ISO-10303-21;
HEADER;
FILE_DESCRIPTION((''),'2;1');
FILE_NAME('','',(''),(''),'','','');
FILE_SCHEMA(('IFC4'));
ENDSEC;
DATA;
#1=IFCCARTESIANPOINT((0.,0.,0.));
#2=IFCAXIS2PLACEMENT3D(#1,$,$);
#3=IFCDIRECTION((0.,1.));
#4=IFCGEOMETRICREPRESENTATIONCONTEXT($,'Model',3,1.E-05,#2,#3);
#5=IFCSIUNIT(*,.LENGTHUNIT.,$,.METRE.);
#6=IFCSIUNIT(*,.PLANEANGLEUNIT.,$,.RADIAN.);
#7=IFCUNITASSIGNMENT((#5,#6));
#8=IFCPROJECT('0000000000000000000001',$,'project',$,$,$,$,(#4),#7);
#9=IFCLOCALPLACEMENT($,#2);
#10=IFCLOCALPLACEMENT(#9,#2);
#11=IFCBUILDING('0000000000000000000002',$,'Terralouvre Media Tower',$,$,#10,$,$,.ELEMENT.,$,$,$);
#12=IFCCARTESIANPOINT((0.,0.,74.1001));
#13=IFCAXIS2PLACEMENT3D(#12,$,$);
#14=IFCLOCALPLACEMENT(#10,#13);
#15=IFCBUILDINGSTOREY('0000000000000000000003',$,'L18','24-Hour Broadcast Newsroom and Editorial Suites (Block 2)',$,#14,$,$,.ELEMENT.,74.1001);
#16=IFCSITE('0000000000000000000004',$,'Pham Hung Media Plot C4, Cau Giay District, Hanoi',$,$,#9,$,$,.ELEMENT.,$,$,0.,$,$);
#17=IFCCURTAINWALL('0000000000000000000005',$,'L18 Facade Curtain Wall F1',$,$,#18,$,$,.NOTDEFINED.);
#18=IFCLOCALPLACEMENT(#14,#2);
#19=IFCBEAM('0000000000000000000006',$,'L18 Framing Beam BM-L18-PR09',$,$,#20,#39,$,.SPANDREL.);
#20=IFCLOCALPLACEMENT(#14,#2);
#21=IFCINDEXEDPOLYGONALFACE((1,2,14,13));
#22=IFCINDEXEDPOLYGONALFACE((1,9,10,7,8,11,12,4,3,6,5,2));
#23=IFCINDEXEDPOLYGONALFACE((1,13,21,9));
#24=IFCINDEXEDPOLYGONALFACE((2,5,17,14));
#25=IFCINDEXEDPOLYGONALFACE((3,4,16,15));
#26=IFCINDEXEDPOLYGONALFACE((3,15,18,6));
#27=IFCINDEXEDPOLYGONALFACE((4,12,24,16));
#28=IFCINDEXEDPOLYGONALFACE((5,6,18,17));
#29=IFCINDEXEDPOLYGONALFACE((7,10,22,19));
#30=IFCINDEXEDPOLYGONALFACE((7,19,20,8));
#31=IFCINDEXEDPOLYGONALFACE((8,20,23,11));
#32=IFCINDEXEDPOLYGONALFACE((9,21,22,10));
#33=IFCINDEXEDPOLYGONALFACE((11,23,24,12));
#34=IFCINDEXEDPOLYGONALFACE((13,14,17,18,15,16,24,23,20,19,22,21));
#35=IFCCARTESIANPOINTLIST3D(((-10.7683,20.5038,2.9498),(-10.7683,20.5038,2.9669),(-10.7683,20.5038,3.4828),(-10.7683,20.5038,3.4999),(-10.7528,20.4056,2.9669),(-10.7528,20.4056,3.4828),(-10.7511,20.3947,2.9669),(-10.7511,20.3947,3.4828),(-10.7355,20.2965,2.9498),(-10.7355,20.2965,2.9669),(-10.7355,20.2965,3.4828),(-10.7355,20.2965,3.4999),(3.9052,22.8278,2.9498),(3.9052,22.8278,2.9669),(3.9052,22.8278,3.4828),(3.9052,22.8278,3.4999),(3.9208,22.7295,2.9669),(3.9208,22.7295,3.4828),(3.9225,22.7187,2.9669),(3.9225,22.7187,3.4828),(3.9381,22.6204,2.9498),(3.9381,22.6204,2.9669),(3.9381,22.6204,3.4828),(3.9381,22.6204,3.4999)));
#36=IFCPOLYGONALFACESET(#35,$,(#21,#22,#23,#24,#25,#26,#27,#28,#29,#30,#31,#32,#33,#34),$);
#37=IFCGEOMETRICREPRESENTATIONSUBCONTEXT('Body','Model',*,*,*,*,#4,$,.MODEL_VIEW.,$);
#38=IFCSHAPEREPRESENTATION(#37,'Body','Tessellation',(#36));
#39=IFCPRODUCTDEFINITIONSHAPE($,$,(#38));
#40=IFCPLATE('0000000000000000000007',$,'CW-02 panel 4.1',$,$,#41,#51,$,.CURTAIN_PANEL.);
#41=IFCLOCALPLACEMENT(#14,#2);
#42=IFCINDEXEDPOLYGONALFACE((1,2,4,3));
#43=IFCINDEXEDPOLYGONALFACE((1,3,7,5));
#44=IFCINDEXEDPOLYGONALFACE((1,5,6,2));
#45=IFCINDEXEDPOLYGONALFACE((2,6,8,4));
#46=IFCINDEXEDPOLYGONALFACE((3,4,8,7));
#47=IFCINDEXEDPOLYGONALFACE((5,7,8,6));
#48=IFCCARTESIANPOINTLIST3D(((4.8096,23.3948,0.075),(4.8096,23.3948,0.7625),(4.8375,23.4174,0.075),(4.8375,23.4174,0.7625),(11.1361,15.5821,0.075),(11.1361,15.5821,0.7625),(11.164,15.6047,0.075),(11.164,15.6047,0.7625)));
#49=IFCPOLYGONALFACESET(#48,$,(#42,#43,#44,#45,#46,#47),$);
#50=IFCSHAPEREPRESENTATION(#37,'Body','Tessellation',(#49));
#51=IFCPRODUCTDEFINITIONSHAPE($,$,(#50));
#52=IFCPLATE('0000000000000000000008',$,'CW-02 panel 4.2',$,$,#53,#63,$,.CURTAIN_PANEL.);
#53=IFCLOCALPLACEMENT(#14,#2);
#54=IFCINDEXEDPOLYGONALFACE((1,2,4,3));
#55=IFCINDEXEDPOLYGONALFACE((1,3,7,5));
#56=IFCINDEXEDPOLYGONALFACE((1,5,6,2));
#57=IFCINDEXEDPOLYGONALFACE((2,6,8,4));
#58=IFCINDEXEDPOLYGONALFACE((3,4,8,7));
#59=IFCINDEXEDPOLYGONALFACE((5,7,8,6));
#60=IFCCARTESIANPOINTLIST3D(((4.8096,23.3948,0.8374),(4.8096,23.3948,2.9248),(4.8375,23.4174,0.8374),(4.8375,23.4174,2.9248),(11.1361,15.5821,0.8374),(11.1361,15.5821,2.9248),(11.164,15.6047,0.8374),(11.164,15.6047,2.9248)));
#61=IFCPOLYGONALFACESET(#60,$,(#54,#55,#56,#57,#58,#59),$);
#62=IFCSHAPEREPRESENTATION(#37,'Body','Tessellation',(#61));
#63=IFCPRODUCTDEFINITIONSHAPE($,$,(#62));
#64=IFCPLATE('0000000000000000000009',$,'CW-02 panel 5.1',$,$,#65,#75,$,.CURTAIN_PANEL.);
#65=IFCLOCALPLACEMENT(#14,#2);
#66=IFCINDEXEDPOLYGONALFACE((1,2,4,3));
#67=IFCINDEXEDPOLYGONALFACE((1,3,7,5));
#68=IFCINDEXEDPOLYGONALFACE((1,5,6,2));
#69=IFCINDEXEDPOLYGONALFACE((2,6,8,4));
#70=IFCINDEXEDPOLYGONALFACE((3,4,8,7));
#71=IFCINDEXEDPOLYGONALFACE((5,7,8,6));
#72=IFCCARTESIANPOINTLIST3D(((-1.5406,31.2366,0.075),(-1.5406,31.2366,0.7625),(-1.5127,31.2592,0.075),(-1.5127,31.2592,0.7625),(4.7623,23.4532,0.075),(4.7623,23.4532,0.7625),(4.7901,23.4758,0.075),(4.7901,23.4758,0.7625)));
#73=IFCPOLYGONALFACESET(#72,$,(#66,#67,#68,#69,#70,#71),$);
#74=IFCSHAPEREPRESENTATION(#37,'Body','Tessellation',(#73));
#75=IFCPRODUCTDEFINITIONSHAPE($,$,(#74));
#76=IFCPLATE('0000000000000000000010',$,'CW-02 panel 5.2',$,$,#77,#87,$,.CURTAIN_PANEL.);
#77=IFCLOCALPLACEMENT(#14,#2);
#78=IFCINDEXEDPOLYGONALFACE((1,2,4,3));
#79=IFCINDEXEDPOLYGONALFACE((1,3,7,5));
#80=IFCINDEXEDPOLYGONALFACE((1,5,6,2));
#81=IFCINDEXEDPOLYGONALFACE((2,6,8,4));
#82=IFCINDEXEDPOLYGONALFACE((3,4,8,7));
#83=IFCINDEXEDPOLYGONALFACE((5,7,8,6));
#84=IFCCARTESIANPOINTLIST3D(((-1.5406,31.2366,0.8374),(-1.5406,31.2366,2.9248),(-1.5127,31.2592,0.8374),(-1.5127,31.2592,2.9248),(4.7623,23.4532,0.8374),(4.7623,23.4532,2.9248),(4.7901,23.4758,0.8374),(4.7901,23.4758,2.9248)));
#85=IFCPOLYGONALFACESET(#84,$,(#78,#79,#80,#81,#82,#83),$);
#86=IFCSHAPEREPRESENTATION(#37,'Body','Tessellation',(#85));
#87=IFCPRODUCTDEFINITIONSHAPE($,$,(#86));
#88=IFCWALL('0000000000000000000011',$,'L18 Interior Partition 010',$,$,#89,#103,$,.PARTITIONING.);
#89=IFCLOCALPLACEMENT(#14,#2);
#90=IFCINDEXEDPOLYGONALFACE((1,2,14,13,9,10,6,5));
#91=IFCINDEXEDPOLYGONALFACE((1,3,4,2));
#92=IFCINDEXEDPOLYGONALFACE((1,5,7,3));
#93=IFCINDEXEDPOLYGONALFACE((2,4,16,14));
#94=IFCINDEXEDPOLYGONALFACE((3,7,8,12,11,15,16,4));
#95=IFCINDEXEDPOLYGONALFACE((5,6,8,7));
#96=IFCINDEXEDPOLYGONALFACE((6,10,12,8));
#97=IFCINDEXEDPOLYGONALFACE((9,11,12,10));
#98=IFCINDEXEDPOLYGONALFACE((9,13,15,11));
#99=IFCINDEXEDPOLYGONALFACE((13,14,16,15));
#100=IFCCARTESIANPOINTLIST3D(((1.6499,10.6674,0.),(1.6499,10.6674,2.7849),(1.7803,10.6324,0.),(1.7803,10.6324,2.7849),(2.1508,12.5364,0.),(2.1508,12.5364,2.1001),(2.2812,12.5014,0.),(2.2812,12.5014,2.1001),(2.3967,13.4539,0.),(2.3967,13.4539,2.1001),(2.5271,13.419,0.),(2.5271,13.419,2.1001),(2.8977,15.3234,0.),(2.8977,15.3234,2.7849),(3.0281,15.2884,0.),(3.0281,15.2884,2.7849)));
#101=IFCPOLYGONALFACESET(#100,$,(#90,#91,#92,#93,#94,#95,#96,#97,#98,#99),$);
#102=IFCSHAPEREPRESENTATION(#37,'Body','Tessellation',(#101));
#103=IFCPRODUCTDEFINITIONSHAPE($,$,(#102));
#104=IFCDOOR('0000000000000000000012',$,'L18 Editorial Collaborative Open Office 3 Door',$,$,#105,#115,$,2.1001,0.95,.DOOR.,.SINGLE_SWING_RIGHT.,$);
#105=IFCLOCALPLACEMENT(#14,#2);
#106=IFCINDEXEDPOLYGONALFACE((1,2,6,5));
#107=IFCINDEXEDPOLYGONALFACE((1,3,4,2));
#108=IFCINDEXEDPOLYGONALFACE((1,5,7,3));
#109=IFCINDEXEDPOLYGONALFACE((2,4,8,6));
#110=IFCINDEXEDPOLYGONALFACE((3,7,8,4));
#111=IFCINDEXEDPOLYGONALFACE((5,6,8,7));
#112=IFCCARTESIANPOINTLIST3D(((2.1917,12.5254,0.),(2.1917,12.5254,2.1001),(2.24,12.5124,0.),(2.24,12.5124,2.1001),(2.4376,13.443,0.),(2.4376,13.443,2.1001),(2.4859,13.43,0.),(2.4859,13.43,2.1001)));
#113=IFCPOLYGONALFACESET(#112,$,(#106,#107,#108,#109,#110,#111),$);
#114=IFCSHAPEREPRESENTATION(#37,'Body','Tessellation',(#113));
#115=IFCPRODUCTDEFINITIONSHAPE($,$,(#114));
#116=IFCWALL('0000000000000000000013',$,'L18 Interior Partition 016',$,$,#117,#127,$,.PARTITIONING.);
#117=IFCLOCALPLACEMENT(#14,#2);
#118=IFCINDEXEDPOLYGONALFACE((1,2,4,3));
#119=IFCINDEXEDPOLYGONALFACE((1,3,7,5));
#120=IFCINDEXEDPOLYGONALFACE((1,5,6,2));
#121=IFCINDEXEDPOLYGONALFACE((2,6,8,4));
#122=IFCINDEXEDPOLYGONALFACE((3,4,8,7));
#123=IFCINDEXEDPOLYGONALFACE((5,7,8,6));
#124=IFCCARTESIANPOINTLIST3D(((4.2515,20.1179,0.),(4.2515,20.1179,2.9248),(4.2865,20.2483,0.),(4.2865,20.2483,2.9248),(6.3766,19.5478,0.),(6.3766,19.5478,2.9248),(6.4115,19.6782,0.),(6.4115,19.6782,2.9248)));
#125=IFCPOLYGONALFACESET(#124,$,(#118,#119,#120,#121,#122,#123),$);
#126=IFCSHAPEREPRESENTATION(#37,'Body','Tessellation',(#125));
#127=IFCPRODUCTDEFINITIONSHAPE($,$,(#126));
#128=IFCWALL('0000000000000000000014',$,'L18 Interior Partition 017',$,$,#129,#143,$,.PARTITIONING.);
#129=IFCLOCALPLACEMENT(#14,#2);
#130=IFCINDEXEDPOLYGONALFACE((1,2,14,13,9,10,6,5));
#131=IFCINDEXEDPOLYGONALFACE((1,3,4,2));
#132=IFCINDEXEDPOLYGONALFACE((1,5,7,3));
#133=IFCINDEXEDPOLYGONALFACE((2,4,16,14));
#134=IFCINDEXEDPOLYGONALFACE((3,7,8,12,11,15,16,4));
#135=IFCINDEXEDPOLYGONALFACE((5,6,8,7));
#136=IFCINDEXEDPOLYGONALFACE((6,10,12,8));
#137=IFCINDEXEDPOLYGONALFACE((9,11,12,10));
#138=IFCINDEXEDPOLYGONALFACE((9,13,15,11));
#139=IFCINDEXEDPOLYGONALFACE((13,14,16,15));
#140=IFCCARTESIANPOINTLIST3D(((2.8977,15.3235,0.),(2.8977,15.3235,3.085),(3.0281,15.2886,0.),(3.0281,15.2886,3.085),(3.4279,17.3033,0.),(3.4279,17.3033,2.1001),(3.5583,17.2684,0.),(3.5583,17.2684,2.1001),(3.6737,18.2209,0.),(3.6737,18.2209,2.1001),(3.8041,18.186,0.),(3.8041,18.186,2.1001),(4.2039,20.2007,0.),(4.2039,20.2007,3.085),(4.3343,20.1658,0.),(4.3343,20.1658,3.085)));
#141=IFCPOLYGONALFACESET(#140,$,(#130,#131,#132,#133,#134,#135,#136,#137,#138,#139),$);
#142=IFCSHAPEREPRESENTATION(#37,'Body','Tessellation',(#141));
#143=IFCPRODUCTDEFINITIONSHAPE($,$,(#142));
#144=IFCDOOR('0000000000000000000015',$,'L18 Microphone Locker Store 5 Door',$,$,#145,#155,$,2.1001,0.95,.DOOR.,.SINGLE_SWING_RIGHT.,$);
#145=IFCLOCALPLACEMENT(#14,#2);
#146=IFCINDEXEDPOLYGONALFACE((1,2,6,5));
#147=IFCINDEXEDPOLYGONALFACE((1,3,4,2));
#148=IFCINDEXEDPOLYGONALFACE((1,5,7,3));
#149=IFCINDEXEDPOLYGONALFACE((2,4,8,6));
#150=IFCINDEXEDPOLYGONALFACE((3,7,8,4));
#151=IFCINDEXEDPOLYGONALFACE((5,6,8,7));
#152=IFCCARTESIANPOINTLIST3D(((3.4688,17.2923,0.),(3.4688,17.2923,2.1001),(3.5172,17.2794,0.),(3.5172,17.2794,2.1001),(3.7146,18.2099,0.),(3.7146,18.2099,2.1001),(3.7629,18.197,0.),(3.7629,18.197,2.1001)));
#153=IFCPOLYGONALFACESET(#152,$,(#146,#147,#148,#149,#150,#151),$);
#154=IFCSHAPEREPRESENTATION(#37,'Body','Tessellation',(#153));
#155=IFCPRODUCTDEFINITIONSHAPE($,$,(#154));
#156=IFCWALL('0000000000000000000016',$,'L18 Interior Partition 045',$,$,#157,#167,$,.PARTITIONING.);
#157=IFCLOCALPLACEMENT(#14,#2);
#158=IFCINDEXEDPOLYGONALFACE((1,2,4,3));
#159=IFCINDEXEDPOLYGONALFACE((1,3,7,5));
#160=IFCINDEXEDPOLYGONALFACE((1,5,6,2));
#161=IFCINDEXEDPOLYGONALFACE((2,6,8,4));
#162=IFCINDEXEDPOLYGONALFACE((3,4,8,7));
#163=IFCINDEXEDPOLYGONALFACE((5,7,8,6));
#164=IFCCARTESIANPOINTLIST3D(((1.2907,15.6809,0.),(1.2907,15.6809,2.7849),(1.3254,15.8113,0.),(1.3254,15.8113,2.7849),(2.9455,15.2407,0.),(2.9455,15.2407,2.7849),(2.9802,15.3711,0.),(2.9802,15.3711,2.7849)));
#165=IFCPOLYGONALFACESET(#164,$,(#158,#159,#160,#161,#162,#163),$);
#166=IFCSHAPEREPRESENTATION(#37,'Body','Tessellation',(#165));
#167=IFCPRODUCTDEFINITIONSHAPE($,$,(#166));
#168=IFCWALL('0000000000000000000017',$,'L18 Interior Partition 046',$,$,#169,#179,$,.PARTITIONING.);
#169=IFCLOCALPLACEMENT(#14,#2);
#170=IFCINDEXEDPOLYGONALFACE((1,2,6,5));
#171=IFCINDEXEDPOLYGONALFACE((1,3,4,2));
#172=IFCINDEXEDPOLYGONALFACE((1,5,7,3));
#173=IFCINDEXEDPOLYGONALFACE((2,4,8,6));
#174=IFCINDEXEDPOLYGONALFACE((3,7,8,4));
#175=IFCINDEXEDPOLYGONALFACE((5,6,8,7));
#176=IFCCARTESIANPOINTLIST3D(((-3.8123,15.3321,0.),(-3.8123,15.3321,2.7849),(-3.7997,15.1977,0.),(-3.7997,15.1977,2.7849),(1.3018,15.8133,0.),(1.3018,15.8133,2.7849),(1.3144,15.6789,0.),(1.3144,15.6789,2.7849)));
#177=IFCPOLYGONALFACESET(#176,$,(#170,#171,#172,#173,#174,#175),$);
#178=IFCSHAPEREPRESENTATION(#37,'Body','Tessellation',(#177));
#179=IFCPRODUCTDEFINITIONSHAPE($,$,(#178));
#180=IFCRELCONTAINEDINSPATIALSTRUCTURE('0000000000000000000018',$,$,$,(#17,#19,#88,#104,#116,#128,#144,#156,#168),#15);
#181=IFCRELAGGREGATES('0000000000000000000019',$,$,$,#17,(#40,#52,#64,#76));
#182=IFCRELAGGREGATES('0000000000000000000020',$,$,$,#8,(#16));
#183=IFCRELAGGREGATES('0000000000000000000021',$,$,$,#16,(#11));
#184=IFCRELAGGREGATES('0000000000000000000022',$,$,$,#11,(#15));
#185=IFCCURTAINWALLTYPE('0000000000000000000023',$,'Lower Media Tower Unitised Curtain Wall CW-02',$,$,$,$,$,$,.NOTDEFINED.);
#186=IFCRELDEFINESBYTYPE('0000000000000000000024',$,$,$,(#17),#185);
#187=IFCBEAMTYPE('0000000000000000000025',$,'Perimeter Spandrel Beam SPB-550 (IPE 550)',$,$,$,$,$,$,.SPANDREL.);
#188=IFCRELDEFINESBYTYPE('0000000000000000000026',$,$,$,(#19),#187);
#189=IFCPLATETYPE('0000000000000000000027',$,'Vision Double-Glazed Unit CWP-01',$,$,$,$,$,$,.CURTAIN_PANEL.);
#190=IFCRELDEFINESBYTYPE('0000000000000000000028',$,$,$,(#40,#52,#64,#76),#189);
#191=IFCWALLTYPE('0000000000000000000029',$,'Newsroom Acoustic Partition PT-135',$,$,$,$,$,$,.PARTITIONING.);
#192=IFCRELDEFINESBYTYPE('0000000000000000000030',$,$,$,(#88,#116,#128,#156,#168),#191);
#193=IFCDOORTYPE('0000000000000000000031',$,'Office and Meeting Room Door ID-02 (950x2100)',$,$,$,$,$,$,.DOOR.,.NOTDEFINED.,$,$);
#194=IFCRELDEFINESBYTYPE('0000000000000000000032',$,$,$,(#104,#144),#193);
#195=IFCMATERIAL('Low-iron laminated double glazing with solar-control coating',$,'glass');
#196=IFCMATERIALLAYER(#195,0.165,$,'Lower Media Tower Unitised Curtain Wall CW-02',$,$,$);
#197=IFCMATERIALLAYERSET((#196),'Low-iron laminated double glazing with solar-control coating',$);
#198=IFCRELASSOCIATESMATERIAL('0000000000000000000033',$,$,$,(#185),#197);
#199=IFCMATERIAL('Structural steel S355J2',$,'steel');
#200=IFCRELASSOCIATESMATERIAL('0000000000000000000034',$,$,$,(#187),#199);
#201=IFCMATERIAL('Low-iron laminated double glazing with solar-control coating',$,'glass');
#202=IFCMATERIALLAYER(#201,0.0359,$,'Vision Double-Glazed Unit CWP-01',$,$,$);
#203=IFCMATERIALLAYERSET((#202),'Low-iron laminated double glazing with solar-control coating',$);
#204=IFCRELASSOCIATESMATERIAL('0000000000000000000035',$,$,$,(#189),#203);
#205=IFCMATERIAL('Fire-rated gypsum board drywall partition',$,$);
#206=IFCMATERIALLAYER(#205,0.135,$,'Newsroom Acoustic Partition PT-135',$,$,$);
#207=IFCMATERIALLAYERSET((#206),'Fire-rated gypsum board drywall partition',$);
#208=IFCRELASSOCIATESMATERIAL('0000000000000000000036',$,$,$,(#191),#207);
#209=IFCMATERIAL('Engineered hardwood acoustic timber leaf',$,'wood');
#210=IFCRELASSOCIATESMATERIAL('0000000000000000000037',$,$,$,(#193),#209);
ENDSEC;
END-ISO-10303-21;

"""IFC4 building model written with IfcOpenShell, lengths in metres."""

from ifc_helpers import new_model, si_unit, direction, frame, frame_2d, origin, origin_2d, place, context, subcontext, project, spatial, rectangle, i_section, extrude, material, layer, layer_set, material_profile, profile_set, type_object, element, fill, aggregate, save


model = new_model("IFC4")

# Units and contexts
model_context = context("Model", 3, precision=1e-05, world=origin(), true_north=direction((0.0, 1.0)))
body_context = subcontext(model_context, "Body", "Model", "MODEL_VIEW")
ifc_project = project(units=[si_unit("LENGTHUNIT", "METRE"), si_unit("PLANEANGLEUNIT", "RADIAN")], contexts=[model_context])

# Site, building, storey
site_placement = place(None, origin())
site = spatial("IfcSite", under=ifc_project, at=site_placement, Name="Pham Hung Media Plot C4, Cau Giay District, Hanoi", CompositionType="ELEMENT", RefElevation=0.0)
building_placement = place(site_placement, origin())
building = spatial("IfcBuilding", under=site, at=building_placement, Name="Terralouvre Media Tower", CompositionType="ELEMENT")
storey_placement = place(building_placement, frame((0.0, 0.0, 74.1001)))
storey = spatial("IfcBuildingStorey", under=building, at=storey_placement, Name="L18", Description="24-Hour Broadcast Newsroom and Editorial Suites (Block 2)", CompositionType="ELEMENT", Elevation=74.1001)

# Curtain wall
ifc_material_1 = material(Name="Low-iron laminated double glazing with solar-control coating", Category="glass")
ifc_layer_1 = layer(ifc_material_1, 0.165, Name="Lower Media Tower Unitised Curtain Wall CW-02")
ifc_layer_set_1 = layer_set([ifc_layer_1], Name="Low-iron laminated double glazing with solar-control coating")
curtain_wall_type = type_object("IfcCurtainWallType", Name="Lower Media Tower Unitised Curtain Wall CW-02", PredefinedType="NOTDEFINED", material=ifc_layer_set_1)
curtain_wall_placement = place(storey_placement, origin())
curtain_wall = element("IfcCurtainWall", 1, at=curtain_wall_placement, inside=storey, type_object=curtain_wall_type, Name="L18 Facade Curtain Wall F1", PredefinedType="NOTDEFINED")

# Beam
ifc_material_2 = material(Name="Structural steel S355J2", Category="steel")
ifc_material_profile_1 = material_profile(ifc_material_2, i_section(OverallWidth=0.21, OverallDepth=0.55, WebThickness=0.011, FlangeThickness=0.0171, at=origin_2d()), Name="IPE 550")
ifc_profile_set_1 = profile_set([ifc_material_profile_1], Name="Structural steel S355J2")
beam_type_1 = type_object("IfcBeamType", Name="Perimeter Spandrel Beam SPB-550 (IPE 550)", PredefinedType="SPANDREL", material=ifc_profile_set_1)
beam_1_placement = place(storey_placement, frame((3.9216, 22.7241, 3.2249), z_axis=(-0.987689, -0.156428, 0.0), x_axis=(0.156428, -0.987689, 0.0)))
element("IfcBeam", 2, at=beam_1_placement, inside=storey, type_object=beam_type_1, Name="L18 Framing Beam BM-L18-PR09", PredefinedType="SPANDREL", context=body_context, shape_type="SweptSolid", body=[
    extrude(i_section(OverallWidth=0.21, OverallDepth=0.55, WebThickness=0.011, FlangeThickness=0.0171, at=origin_2d()), origin(), (0.0, 0.0, 1.0), 14.8564),
])

# Plates
ifc_material_3 = material(Name="Low-iron laminated double glazing with solar-control coating", Category="glass")
ifc_layer_2 = layer(ifc_material_3, 0.0359, Name="Vision Double-Glazed Unit CWP-01")
ifc_layer_set_2 = layer_set([ifc_layer_2], Name="Low-iron laminated double glazing with solar-control coating")
plate_type = type_object("IfcPlateType", Name="Vision Double-Glazed Unit CWP-01", PredefinedType="CURTAIN_PANEL", material=ifc_layer_set_2)
plate_1_placement = place(storey_placement, frame((7.9868, 19.4998, 0.075), z_axis=(0.0, 0.0, 1.0), x_axis=(-0.62932, 0.777146, 0.0)))
plate_1 = element("IfcPlate", 3, at=plate_1_placement, type_object=plate_type, Name="CW-02 panel 4.1", PredefinedType="CURTAIN_PANEL", context=body_context, shape_type="SweptSolid", body=[
    extrude(rectangle(XDim=10.053, YDim=0.0359, at=origin_2d()), origin(), (0.0, 0.0, 1.0), 0.6875),
])
plate_2_placement = place(storey_placement, frame((7.9868, 19.4998, 0.8374), z_axis=(0.0, 0.0, 1.0), x_axis=(-0.62932, 0.777146, 0.0)))
plate_2 = element("IfcPlate", 4, at=plate_2_placement, type_object=plate_type, Name="CW-02 panel 4.2", PredefinedType="CURTAIN_PANEL", context=body_context, shape_type="SweptSolid", body=[
    extrude(rectangle(XDim=10.053, YDim=0.0359, at=origin_2d()), origin(), (0.0, 0.0, 1.0), 2.0874),
])
plate_3_placement = place(storey_placement, frame((1.6248, 27.3562, 0.075), z_axis=(0.0, 0.0, 1.0), x_axis=(-0.62932, 0.777146, 0.0)))
plate_3 = element("IfcPlate", 5, at=plate_3_placement, type_object=plate_type, Name="CW-02 panel 5.1", PredefinedType="CURTAIN_PANEL", context=body_context, shape_type="SweptSolid", body=[
    extrude(rectangle(XDim=10.0154, YDim=0.0359, at=origin_2d()), origin(), (0.0, 0.0, 1.0), 0.6875),
])
plate_4_placement = place(storey_placement, frame((1.6248, 27.3562, 0.8374), z_axis=(0.0, 0.0, 1.0), x_axis=(-0.62932, 0.777146, 0.0)))
plate_4 = element("IfcPlate", 6, at=plate_4_placement, type_object=plate_type, Name="CW-02 panel 5.2", PredefinedType="CURTAIN_PANEL", context=body_context, shape_type="SweptSolid", body=[
    extrude(rectangle(XDim=10.0154, YDim=0.0359, at=origin_2d()), origin(), (0.0, 0.0, 1.0), 2.0874),
])
aggregate(curtain_wall, [plate_1, plate_2, plate_3, plate_4])

# Wall, opening, door
ifc_material_4 = material(Name="Fire-rated gypsum board drywall partition")
ifc_layer_3 = layer(ifc_material_4, 0.135, Name="Newsroom Acoustic Partition PT-135")
ifc_layer_set_3 = layer_set([ifc_layer_3], Name="Fire-rated gypsum board drywall partition")
wall_type = type_object("IfcWallType", Name="Newsroom Acoustic Partition PT-135", PredefinedType="PARTITIONING", material=ifc_layer_set_3)
wall_1_placement = place(storey_placement, frame((2.9629, 15.3059, 0.0), z_axis=(0.0, 0.0, 1.0), x_axis=(-0.258864, -0.965914, 0.0)))
wall_1 = element("IfcWall", 7, at=wall_1_placement, inside=storey, type_object=wall_type, Name="L18 Interior Partition 010", PredefinedType="PARTITIONING", context=body_context, shape_type="SweptSolid", body=[
    extrude(rectangle(XDim=4.8203, YDim=0.135, at=frame_2d((2.4102, 0.0))), origin(), (0.0, 0.0, 1.0), 2.7849),
])
opening_1_placement = place(wall_1_placement, frame((1.9353, 0.0, 0.0)))
opening_1 = element("IfcOpeningElement", 8, at=opening_1_placement, cuts=wall_1, PredefinedType="OPENING", context=body_context, shape_type="SweptSolid", body=[
    extrude(rectangle(XDim=0.95, YDim=2.1001, at=frame_2d((0.4751, 1.05))), frame((0.0, 0.0774, 0.0), z_axis=(0.0, -1.0, 0.0), x_axis=(1.0, 0.0, 0.0)), (0.0, 0.0, 1.0), 0.155),
])
ifc_material_5 = material(Name="Engineered hardwood acoustic timber leaf", Category="wood")
door_type = type_object("IfcDoorType", Name="Office and Meeting Room Door ID-02 (950x2100)", OperationType="NOTDEFINED", PredefinedType="DOOR", material=ifc_material_5)
door_1_placement = place(opening_1_placement, origin())
door_1 = element("IfcDoor", 9, at=door_1_placement, inside=storey, type_object=door_type, Name="L18 Editorial Collaborative Open Office 3 Door", OperationType="SINGLE_SWING_RIGHT", OverallHeight=2.1001, OverallWidth=0.95, PredefinedType="DOOR", context=body_context, shape_type="SweptSolid", body=[
    extrude(rectangle(XDim=0.95, YDim=2.1001, at=frame_2d((0.4751, 1.05))), frame((0.0, 0.0249, 0.0), z_axis=(0.0, -1.0, 0.0), x_axis=(1.0, 0.0, 0.0)), (0.0, 0.0, 1.0), 0.05),
])
fill(opening_1, door_1)

# Wall
wall_2_placement = place(storey_placement, frame((6.394, 19.613, 0.0), z_axis=(0.0, 0.0, 1.0), x_axis=(-0.965849, 0.259106, 0.0)))
element("IfcWall", 10, at=wall_2_placement, inside=storey, type_object=wall_type, Name="L18 Interior Partition 016", PredefinedType="PARTITIONING", context=body_context, shape_type="SweptSolid", body=[
    extrude(rectangle(XDim=2.2002, YDim=0.135, at=frame_2d((1.1001, 0.0))), origin(), (0.0, 0.0, 1.0), 2.9248),
])

# Wall, opening, door
wall_3_placement = place(storey_placement, frame((4.269, 20.1831, 0.0), z_axis=(0.0, 0.0, 1.0), x_axis=(-0.258692, -0.96596, 0.0)))
wall_3 = element("IfcWall", 11, at=wall_3_placement, inside=storey, type_object=wall_type, Name="L18 Interior Partition 017", PredefinedType="PARTITIONING", context=body_context, shape_type="SweptSolid", body=[
    extrude(rectangle(XDim=5.0491, YDim=0.135, at=frame_2d((2.5244, 0.0))), origin(), (0.0, 0.0, 1.0), 3.085),
])
opening_2_placement = place(wall_3_placement, frame((2.0493, 0.0, 0.0)))
opening_2 = element("IfcOpeningElement", 12, at=opening_2_placement, cuts=wall_3, PredefinedType="OPENING", context=body_context, shape_type="SweptSolid", body=[
    extrude(rectangle(XDim=0.95, YDim=2.1001, at=frame_2d((0.4751, 1.05))), frame((0.0, 0.0774, 0.0), z_axis=(0.0, -1.0, 0.0), x_axis=(1.0, 0.0, 0.0)), (0.0, 0.0, 1.0), 0.155),
])
door_2_placement = place(opening_2_placement, origin())
door_2 = element("IfcDoor", 13, at=door_2_placement, inside=storey, type_object=door_type, Name="L18 Microphone Locker Store 5 Door", OperationType="SINGLE_SWING_RIGHT", OverallHeight=2.1001, OverallWidth=0.95, PredefinedType="DOOR", context=body_context, shape_type="SweptSolid", body=[
    extrude(rectangle(XDim=0.95, YDim=2.1001, at=frame_2d((0.4751, 1.05))), frame((0.0, 0.0249, 0.0), z_axis=(0.0, -1.0, 0.0), x_axis=(1.0, 0.0, 0.0)), (0.0, 0.0, 1.0), 0.05),
])
fill(opening_2, door_2)

# Walls
wall_4_placement = place(storey_placement, frame((2.9629, 15.3059, 0.0), z_axis=(0.0, 0.0, 1.0), x_axis=(-0.966393, 0.257068, 0.0)))
element("IfcWall", 14, at=wall_4_placement, inside=storey, type_object=wall_type, Name="L18 Interior Partition 045", PredefinedType="PARTITIONING", context=body_context, shape_type="SweptSolid", body=[
    extrude(rectangle(XDim=1.7124, YDim=0.135, at=frame_2d((0.8562, 0.0))), origin(), (0.0, 0.0, 1.0), 2.7849),
])
wall_5_placement = place(storey_placement, frame((1.3081, 15.7461, 0.0), z_axis=(0.0, 0.0, 1.0), x_axis=(-0.995602, -0.093681, 0.0)))
element("IfcWall", 15, at=wall_5_placement, inside=storey, type_object=wall_type, Name="L18 Interior Partition 046", PredefinedType="PARTITIONING", context=body_context, shape_type="SweptSolid", body=[
    extrude(rectangle(XDim=5.1367, YDim=0.135, at=frame_2d((2.5684, 0.0))), origin(), (0.0, 0.0, 1.0), 2.7849),
])

save(model, "model.ifc")
